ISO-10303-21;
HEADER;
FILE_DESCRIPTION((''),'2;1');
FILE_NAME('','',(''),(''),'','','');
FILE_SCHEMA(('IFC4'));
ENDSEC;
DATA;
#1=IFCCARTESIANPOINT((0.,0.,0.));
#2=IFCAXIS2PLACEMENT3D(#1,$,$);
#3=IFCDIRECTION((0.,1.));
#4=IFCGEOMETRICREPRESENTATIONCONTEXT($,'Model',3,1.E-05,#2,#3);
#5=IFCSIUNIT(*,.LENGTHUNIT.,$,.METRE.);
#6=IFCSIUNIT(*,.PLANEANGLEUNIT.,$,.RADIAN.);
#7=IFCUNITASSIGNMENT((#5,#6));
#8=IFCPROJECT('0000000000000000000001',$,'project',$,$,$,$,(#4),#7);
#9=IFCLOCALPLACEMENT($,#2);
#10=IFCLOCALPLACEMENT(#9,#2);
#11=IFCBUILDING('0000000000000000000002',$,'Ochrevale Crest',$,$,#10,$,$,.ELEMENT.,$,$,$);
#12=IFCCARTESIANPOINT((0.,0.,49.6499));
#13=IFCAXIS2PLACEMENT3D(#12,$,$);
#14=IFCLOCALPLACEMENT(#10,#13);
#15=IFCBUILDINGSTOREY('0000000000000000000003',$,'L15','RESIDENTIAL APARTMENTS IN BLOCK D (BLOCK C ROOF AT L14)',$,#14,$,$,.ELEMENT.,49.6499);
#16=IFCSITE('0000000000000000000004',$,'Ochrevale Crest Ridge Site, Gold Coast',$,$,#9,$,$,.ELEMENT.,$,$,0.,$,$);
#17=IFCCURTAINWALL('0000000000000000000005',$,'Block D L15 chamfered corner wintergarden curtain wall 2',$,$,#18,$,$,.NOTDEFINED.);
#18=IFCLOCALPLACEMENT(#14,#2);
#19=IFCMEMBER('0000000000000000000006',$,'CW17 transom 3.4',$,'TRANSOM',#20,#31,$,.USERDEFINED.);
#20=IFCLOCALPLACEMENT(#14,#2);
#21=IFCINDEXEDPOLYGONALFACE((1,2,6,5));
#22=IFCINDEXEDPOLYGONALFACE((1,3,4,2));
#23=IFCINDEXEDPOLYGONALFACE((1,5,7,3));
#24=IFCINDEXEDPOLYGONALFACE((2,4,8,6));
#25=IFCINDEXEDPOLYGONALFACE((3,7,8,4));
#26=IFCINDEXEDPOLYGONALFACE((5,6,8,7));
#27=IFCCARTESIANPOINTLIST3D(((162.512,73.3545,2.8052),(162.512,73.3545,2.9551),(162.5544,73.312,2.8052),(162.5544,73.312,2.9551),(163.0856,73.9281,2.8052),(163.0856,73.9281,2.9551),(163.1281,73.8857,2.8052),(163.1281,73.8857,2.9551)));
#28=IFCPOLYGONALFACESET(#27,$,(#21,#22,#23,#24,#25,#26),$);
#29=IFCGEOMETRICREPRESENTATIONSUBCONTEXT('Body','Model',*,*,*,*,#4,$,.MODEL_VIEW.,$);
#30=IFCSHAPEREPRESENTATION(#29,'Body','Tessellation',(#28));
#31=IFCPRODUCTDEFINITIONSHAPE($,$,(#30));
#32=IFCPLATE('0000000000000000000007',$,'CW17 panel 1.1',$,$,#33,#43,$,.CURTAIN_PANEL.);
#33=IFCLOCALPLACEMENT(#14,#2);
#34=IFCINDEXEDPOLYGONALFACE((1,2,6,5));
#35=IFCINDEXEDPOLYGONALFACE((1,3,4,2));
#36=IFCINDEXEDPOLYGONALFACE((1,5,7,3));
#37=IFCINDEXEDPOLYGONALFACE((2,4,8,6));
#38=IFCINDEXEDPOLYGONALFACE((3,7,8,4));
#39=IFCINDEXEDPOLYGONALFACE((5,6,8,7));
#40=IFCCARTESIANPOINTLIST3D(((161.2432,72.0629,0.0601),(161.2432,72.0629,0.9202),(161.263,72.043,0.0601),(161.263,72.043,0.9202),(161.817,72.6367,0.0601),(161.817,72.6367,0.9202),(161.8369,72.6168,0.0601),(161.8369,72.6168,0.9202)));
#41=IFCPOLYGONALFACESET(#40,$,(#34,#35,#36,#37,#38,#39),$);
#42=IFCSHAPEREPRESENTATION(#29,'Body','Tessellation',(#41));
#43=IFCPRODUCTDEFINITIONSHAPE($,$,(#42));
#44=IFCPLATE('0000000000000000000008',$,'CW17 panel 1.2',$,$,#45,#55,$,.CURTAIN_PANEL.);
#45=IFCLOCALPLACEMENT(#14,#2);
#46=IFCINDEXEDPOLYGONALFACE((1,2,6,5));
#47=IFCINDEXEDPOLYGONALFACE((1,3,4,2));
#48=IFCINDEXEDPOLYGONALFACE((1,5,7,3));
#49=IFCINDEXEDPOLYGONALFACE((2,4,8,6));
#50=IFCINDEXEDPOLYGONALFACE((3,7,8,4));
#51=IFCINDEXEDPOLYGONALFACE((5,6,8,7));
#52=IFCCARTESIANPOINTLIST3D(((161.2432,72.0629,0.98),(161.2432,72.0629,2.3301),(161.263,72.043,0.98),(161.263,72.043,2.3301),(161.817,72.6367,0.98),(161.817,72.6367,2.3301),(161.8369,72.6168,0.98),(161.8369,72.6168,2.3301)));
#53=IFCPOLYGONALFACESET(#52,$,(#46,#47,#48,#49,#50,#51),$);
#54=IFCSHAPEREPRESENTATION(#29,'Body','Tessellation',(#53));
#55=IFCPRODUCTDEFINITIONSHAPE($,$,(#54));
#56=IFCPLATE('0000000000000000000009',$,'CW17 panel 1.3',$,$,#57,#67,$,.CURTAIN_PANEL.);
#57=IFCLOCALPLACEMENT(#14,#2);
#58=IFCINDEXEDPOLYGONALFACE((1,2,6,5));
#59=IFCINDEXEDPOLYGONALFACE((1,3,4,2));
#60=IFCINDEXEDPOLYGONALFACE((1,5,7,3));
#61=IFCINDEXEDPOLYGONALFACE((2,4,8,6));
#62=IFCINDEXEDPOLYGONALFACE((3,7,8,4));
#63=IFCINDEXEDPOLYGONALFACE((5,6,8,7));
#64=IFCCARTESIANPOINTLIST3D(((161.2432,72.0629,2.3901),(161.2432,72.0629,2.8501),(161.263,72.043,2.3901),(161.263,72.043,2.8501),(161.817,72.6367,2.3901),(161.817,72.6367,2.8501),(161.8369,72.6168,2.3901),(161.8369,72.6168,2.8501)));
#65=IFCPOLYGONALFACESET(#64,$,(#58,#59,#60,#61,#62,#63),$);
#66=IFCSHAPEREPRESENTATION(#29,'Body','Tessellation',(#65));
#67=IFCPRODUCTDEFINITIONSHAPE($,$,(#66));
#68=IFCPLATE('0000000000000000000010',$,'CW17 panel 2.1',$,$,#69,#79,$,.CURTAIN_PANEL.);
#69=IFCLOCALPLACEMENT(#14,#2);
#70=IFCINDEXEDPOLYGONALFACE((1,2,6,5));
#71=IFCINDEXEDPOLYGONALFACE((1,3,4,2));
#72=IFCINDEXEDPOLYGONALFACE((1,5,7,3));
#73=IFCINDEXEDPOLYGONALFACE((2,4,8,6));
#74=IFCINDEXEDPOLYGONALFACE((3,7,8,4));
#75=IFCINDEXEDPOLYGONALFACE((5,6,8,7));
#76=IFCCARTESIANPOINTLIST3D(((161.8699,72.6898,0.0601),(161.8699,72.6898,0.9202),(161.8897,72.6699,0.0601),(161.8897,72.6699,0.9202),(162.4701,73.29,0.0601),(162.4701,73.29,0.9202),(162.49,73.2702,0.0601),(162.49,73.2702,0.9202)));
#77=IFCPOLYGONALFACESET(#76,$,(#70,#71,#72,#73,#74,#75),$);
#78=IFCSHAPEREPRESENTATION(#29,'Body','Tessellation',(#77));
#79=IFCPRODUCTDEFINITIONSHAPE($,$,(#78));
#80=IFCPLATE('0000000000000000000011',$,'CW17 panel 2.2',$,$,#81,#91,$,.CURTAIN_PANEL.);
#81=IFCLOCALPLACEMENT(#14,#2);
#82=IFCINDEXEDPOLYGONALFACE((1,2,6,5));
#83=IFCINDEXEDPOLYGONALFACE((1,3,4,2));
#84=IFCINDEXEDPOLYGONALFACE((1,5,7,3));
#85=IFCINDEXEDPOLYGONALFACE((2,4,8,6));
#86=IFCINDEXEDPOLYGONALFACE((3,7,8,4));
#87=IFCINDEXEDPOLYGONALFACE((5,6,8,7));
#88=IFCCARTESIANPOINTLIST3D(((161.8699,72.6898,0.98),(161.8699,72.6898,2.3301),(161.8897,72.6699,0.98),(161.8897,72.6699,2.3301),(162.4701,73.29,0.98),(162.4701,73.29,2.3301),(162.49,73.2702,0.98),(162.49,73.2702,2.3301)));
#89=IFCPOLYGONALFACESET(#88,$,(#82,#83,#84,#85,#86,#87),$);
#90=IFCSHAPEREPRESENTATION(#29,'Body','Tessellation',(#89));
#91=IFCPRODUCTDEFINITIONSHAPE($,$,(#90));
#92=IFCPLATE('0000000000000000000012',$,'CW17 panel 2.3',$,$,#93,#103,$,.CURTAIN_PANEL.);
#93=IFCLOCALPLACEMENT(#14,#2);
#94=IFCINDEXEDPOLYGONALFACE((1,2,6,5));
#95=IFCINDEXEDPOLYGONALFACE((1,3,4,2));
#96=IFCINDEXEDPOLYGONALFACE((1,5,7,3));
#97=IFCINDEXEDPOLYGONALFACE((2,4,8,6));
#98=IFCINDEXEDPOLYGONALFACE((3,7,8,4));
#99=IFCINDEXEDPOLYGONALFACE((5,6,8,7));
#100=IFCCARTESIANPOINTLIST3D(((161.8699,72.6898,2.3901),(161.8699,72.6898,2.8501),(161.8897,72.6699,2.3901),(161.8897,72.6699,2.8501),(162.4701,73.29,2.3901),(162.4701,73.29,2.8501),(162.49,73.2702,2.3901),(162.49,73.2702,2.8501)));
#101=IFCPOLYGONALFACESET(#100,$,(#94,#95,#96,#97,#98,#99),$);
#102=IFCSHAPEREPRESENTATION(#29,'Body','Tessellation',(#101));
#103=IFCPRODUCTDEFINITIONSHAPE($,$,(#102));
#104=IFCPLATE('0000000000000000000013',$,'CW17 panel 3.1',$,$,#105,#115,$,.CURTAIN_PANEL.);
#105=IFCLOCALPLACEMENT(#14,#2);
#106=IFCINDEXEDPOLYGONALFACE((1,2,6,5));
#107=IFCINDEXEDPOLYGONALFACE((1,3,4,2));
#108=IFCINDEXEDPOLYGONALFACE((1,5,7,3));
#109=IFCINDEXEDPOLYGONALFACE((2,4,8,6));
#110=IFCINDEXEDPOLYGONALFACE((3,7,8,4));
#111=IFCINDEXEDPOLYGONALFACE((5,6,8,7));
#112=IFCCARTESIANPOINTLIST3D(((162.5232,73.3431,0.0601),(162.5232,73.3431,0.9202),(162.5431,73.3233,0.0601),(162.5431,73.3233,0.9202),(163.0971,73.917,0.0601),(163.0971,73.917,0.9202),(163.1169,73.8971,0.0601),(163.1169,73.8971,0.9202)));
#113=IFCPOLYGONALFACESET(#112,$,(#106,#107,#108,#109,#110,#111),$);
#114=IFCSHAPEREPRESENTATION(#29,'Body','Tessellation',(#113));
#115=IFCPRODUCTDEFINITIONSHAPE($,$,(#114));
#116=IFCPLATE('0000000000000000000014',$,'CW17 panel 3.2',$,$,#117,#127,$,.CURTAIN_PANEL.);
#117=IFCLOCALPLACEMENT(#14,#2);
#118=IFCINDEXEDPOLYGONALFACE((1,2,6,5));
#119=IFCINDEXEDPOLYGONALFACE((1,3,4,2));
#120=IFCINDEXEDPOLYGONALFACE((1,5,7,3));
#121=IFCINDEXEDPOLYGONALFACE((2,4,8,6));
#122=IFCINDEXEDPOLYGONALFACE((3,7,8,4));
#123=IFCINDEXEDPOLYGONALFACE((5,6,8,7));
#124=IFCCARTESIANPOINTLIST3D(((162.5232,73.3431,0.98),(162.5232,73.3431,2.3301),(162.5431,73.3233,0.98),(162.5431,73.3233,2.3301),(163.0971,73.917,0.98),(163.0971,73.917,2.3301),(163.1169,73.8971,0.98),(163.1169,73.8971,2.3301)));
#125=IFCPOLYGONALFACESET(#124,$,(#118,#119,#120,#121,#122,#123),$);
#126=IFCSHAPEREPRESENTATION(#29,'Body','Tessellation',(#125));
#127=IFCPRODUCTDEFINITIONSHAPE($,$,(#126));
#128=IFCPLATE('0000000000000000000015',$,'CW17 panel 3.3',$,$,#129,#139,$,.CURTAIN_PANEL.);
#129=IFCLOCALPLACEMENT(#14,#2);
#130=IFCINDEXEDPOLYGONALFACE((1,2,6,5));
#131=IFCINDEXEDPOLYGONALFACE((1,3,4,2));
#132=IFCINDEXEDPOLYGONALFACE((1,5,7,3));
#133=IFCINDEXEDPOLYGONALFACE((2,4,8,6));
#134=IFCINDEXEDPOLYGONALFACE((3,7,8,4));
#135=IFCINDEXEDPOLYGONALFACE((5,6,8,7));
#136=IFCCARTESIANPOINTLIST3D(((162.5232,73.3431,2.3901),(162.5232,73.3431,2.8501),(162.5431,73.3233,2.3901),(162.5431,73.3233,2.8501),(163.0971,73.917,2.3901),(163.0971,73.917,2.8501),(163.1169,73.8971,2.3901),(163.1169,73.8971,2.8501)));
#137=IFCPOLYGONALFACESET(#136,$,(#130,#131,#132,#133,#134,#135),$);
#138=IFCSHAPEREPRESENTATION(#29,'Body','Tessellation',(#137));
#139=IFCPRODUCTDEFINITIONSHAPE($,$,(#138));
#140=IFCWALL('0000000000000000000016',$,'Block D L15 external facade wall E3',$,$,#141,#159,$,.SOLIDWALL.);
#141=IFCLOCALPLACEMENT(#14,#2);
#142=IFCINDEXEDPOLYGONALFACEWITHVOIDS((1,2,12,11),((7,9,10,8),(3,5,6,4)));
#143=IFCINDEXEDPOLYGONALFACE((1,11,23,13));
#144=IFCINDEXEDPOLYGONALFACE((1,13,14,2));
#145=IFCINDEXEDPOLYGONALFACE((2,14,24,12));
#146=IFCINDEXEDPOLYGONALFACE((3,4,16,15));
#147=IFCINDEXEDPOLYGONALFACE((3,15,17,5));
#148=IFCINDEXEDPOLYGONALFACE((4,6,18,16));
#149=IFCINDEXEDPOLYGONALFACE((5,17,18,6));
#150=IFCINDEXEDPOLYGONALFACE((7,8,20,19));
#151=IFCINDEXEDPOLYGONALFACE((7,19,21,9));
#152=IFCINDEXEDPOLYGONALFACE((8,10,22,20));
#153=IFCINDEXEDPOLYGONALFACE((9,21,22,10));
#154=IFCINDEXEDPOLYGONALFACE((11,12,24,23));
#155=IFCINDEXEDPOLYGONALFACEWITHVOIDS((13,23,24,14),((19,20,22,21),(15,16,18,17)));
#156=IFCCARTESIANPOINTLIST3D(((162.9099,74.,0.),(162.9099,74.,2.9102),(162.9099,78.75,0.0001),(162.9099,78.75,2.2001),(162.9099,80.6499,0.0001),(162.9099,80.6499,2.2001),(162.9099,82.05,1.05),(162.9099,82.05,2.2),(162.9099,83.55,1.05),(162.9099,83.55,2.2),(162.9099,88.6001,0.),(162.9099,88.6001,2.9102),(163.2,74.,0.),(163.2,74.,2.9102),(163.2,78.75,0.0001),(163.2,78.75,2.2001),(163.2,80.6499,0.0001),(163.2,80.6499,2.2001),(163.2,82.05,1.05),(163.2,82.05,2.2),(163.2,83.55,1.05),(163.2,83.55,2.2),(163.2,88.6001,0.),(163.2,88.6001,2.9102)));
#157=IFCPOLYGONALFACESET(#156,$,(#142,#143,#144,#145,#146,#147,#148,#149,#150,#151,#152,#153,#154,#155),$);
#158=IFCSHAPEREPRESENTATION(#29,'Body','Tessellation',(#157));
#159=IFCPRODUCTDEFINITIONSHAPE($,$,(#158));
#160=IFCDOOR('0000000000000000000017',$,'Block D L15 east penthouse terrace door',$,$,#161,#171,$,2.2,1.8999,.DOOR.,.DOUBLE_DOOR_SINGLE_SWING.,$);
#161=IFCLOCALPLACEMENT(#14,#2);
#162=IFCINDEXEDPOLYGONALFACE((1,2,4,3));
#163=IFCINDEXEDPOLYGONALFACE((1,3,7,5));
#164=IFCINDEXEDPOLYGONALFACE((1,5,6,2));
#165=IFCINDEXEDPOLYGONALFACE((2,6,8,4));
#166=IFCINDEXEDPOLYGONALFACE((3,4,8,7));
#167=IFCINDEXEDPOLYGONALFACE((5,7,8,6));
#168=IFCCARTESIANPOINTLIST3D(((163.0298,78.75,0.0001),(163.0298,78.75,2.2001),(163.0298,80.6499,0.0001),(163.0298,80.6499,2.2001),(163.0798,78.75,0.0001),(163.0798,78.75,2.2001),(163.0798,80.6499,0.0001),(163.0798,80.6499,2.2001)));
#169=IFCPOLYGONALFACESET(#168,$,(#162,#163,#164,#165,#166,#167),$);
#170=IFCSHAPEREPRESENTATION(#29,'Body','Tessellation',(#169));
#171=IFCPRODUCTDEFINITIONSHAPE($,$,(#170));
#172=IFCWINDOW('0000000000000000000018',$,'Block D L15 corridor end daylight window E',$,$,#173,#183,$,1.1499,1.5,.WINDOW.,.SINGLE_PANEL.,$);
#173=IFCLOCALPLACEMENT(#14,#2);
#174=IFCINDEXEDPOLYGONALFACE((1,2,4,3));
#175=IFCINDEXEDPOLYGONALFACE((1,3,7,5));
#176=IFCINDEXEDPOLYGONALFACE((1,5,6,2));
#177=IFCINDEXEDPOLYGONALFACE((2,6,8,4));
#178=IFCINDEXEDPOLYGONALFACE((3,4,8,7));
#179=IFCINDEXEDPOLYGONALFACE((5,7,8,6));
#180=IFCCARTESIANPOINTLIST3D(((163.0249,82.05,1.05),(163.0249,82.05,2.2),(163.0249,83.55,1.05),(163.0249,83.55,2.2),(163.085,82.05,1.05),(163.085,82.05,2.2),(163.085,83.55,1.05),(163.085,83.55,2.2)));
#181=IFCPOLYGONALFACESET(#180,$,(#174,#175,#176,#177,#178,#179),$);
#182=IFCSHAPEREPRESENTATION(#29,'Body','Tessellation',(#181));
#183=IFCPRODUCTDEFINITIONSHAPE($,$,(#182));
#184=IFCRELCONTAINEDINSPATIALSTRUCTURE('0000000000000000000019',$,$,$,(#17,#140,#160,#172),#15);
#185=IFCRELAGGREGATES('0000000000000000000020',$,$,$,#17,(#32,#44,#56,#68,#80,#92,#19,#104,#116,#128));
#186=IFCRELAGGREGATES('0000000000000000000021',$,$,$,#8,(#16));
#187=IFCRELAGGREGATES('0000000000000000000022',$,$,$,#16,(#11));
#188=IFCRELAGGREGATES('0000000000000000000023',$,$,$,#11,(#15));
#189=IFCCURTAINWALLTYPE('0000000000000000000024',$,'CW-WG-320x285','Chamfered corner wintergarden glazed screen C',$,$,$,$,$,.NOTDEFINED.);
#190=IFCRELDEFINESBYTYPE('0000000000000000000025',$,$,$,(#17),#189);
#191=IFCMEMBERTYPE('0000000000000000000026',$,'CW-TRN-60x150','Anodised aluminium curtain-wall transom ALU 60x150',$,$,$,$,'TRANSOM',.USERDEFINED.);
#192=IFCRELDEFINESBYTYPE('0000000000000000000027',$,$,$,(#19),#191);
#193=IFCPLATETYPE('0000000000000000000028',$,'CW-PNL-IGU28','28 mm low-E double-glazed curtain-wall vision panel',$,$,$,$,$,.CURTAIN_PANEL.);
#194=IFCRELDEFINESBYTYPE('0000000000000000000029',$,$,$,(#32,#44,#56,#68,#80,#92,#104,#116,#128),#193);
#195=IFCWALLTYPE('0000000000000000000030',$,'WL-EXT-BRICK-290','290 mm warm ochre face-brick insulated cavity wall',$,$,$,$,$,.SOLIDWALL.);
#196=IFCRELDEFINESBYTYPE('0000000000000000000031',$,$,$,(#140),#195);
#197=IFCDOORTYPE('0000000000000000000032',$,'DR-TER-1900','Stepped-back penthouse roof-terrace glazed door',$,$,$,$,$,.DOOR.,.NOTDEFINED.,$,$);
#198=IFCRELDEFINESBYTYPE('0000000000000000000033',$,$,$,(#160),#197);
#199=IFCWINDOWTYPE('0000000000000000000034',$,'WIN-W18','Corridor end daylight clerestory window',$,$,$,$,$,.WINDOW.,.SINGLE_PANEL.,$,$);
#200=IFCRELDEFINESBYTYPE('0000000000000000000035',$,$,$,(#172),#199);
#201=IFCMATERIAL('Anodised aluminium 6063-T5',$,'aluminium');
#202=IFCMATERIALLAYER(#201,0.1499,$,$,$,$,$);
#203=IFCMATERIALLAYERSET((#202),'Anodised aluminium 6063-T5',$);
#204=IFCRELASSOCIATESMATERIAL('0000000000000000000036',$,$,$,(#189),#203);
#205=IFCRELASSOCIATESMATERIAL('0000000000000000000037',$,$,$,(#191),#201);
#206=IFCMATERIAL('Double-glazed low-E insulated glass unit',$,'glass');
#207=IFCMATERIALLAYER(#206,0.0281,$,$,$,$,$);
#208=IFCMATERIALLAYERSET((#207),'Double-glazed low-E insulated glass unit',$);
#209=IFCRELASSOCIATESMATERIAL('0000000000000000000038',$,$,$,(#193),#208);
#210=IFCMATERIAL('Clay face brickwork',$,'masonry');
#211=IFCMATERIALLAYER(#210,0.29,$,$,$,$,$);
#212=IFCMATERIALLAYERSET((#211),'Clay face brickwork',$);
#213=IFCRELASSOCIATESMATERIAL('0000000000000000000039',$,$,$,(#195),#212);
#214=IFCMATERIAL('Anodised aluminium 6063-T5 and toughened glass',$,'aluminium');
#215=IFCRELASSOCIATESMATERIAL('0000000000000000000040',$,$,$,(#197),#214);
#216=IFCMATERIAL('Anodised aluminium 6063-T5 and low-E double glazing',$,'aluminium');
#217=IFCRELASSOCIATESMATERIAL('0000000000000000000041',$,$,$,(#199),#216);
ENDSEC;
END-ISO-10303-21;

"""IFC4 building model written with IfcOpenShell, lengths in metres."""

from ifc_helpers import new_model, si_unit, direction, frame, frame_2d, origin, origin_2d, place, context, subcontext, project, spatial, rectangle, extrude, material, layer, layer_set, material_profile, profile_set, type_object, element, fill, aggregate, save


model = new_model("IFC4")

# Units and contexts
model_context = context("Model", 3, precision=1e-05, world=origin(), true_north=direction((0.0, 1.0)))
body_context = subcontext(model_context, "Body", "Model", "MODEL_VIEW")
ifc_project = project(units=[si_unit("LENGTHUNIT", "METRE"), si_unit("PLANEANGLEUNIT", "RADIAN")], contexts=[model_context])

# Site, building, storey
site_placement = place(None, origin())
site = spatial("IfcSite", under=ifc_project, at=site_placement, Name="Ochrevale Crest Ridge Site, Gold Coast", CompositionType="ELEMENT", RefElevation=0.0)
building_placement = place(site_placement, origin())
building = spatial("IfcBuilding", under=site, at=building_placement, Name="Ochrevale Crest", CompositionType="ELEMENT")
storey_placement = place(building_placement, frame((0.0, 0.0, 49.6499)))
storey = spatial("IfcBuildingStorey", under=building, at=storey_placement, Name="L15", Description="RESIDENTIAL APARTMENTS IN BLOCK D (BLOCK C ROOF AT L14)", CompositionType="ELEMENT", Elevation=49.6499)

# Curtain wall, member, plates
ifc_material_1 = material(Name="Anodised aluminium 6063-T5", Category="aluminium")
ifc_layer_1 = layer(ifc_material_1, 0.1499)
ifc_layer_set_1 = layer_set([ifc_layer_1], Name="Anodised aluminium 6063-T5")
curtain_wall_type = type_object("IfcCurtainWallType", Name="CW-WG-320x285", Description="Chamfered corner wintergarden glazed screen C", PredefinedType="NOTDEFINED", material=ifc_layer_set_1)
curtain_wall_placement = place(storey_placement, origin())
curtain_wall = element("IfcCurtainWall", 1, at=curtain_wall_placement, inside=storey, type_object=curtain_wall_type, Name="Block D L15 chamfered corner wintergarden curtain wall 2", PredefinedType="NOTDEFINED")
ifc_material_profile_1 = material_profile(ifc_material_1, rectangle(XDim=0.0601, YDim=0.1499, at=origin_2d()), Name="ALU 60x150")
ifc_profile_set_1 = profile_set([ifc_material_profile_1], Name="Anodised aluminium 6063-T5")
member_type_1 = type_object("IfcMemberType", Name="CW-TRN-60x150", Description="Anodised aluminium curtain-wall transom ALU 60x150", ElementType="TRANSOM", PredefinedType="USERDEFINED", material=ifc_profile_set_1)
member_1_placement = place(storey_placement, frame((162.5332, 73.3333, 2.8801), z_axis=(0.707107, 0.707107, 0.0), x_axis=(-0.707107, 0.707107, 0.0)))
member_1 = element("IfcMember", 2, at=member_1_placement, type_object=member_type_1, Name="CW17 transom 3.4", ObjectType="TRANSOM", PredefinedType="USERDEFINED", context=body_context, shape_type="SweptSolid", body=[
    extrude(rectangle(XDim=0.0601, YDim=0.1499, at=origin_2d()), origin(), (0.0, 0.0, 1.0), 0.8113),
])
ifc_material_2 = material(Name="Double-glazed low-E insulated glass unit", Category="glass")
ifc_layer_2 = layer(ifc_material_2, 0.0281)
ifc_layer_set_2 = layer_set([ifc_layer_2], Name="Double-glazed low-E insulated glass unit")
plate_type = type_object("IfcPlateType", Name="CW-PNL-IGU28", Description="28 mm low-E double-glazed curtain-wall vision panel", PredefinedType="CURTAIN_PANEL", material=ifc_layer_set_2)
plate_1_placement = place(storey_placement, frame((161.54, 72.3398, 0.0601), z_axis=(0.0, 0.0, 1.0), x_axis=(0.707107, 0.707107, 0.0)))
plate_1 = element("IfcPlate", 3, at=plate_1_placement, type_object=plate_type, Name="CW17 panel 1.1", PredefinedType="CURTAIN_PANEL", context=body_context, shape_type="SweptSolid", body=[
    extrude(rectangle(XDim=0.8115, YDim=0.0281, at=origin_2d()), origin(), (0.0, 0.0, 1.0), 0.8601),
])
plate_2_placement = place(storey_placement, frame((161.54, 72.3398, 0.98), z_axis=(0.0, 0.0, 1.0), x_axis=(0.707107, 0.707107, 0.0)))
plate_2 = element("IfcPlate", 4, at=plate_2_placement, type_object=plate_type, Name="CW17 panel 1.2", PredefinedType="CURTAIN_PANEL", context=body_context, shape_type="SweptSolid", body=[
    extrude(rectangle(XDim=0.8115, YDim=0.0281, at=origin_2d()), origin(), (0.0, 0.0, 1.0), 1.3501),
])
plate_3_placement = place(storey_placement, frame((161.54, 72.3398, 2.3901), z_axis=(0.0, 0.0, 1.0), x_axis=(0.707107, 0.707107, 0.0)))
plate_3 = element("IfcPlate", 5, at=plate_3_placement, type_object=plate_type, Name="CW17 panel 1.3", PredefinedType="CURTAIN_PANEL", context=body_context, shape_type="SweptSolid", body=[
    extrude(rectangle(XDim=0.8115, YDim=0.0281, at=origin_2d()), origin(), (0.0, 0.0, 1.0), 0.46),
])
plate_4_placement = place(storey_placement, frame((162.1799, 72.98, 0.0601), z_axis=(0.0, 0.0, 1.0), x_axis=(0.707107, 0.707107, 0.0)))
plate_4 = element("IfcPlate", 6, at=plate_4_placement, type_object=plate_type, Name="CW17 panel 2.1", PredefinedType="CURTAIN_PANEL", context=body_context, shape_type="SweptSolid", body=[
    extrude(rectangle(XDim=0.8489, YDim=0.0281, at=origin_2d()), origin(), (0.0, 0.0, 1.0), 0.8601),
])
plate_5_placement = place(storey_placement, frame((162.1799, 72.98, 0.98), z_axis=(0.0, 0.0, 1.0), x_axis=(0.707107, 0.707107, 0.0)))
plate_5 = element("IfcPlate", 7, at=plate_5_placement, type_object=plate_type, Name="CW17 panel 2.2", PredefinedType="CURTAIN_PANEL", context=body_context, shape_type="SweptSolid", body=[
    extrude(rectangle(XDim=0.8489, YDim=0.0281, at=origin_2d()), origin(), (0.0, 0.0, 1.0), 1.3501),
])
plate_6_placement = place(storey_placement, frame((162.1799, 72.98, 2.3901), z_axis=(0.0, 0.0, 1.0), x_axis=(0.707107, 0.707107, 0.0)))
plate_6 = element("IfcPlate", 8, at=plate_6_placement, type_object=plate_type, Name="CW17 panel 2.3", PredefinedType="CURTAIN_PANEL", context=body_context, shape_type="SweptSolid", body=[
    extrude(rectangle(XDim=0.8489, YDim=0.0281, at=origin_2d()), origin(), (0.0, 0.0, 1.0), 0.46),
])
plate_7_placement = place(storey_placement, frame((162.8201, 73.6201, 0.0601), z_axis=(0.0, 0.0, 1.0), x_axis=(0.707107, 0.707107, 0.0)))
plate_7 = element("IfcPlate", 9, at=plate_7_placement, type_object=plate_type, Name="CW17 panel 3.1", PredefinedType="CURTAIN_PANEL", context=body_context, shape_type="SweptSolid", body=[
    extrude(rectangle(XDim=0.8115, YDim=0.0281, at=origin_2d()), origin(), (0.0, 0.0, 1.0), 0.8601),
])
plate_8_placement = place(storey_placement, frame((162.8201, 73.6201, 0.98), z_axis=(0.0, 0.0, 1.0), x_axis=(0.707107, 0.707107, 0.0)))
plate_8 = element("IfcPlate", 10, at=plate_8_placement, type_object=plate_type, Name="CW17 panel 3.2", PredefinedType="CURTAIN_PANEL", context=body_context, shape_type="SweptSolid", body=[
    extrude(rectangle(XDim=0.8115, YDim=0.0281, at=origin_2d()), origin(), (0.0, 0.0, 1.0), 1.3501),
])
plate_9_placement = place(storey_placement, frame((162.8201, 73.6201, 2.3901), z_axis=(0.0, 0.0, 1.0), x_axis=(0.707107, 0.707107, 0.0)))
plate_9 = element("IfcPlate", 11, at=plate_9_placement, type_object=plate_type, Name="CW17 panel 3.3", PredefinedType="CURTAIN_PANEL", context=body_context, shape_type="SweptSolid", body=[
    extrude(rectangle(XDim=0.8115, YDim=0.0281, at=origin_2d()), origin(), (0.0, 0.0, 1.0), 0.46),
])
aggregate(curtain_wall, [plate_1, plate_2, plate_3, plate_4, plate_5, plate_6, member_1, plate_7, plate_8, plate_9])

# Wall, openings, door, window
ifc_material_3 = material(Name="Clay face brickwork", Category="masonry")
ifc_layer_3 = layer(ifc_material_3, 0.29)
ifc_layer_set_3 = layer_set([ifc_layer_3], Name="Clay face brickwork")
wall_type = type_object("IfcWallType", Name="WL-EXT-BRICK-290", Description="290 mm warm ochre face-brick insulated cavity wall", PredefinedType="SOLIDWALL", material=ifc_layer_set_3)
wall_placement = place(storey_placement, frame((163.0549, 74.0, 0.0), z_axis=(0.0, 0.0, 1.0), x_axis=(0.0, 1.0, 0.0)))
wall = element("IfcWall", 12, at=wall_placement, inside=storey, type_object=wall_type, Name="Block D L15 external facade wall E3", PredefinedType="SOLIDWALL", context=body_context, shape_type="SweptSolid", body=[
    extrude(rectangle(XDim=14.6001, YDim=0.29, at=frame_2d((7.3, 0.0))), origin(), (0.0, 0.0, 1.0), 2.9102),
])
opening_1_placement = place(wall_placement, frame((6.6499, 0.0, 0.0), z_axis=(0.0, 0.0, 1.0), x_axis=(-1.0, 0.0, 0.0)))
opening_1 = element("IfcOpeningElement", 13, at=opening_1_placement, cuts=wall, PredefinedType="OPENING", context=body_context, shape_type="SweptSolid", body=[
    extrude(rectangle(XDim=1.8999, YDim=2.2, at=frame_2d((0.95, 1.1001))), frame((0.0, 0.155, 0.0), z_axis=(0.0, -1.0, 0.0), x_axis=(1.0, 0.0, 0.0)), (0.0, 0.0, 1.0), 0.3101),
])
opening_2_placement = place(wall_placement, frame((8.05, 0.0, 1.05)))
opening_2 = element("IfcOpeningElement", 14, at=opening_2_placement, cuts=wall, PredefinedType="OPENING", context=body_context, shape_type="SweptSolid", body=[
    extrude(rectangle(XDim=1.5, YDim=1.1499, at=frame_2d((0.75, 0.575))), frame((0.0, 0.155, 0.0), z_axis=(0.0, -1.0, 0.0), x_axis=(1.0, 0.0, 0.0)), (0.0, 0.0, 1.0), 0.3101),
])
ifc_material_4 = material(Name="Anodised aluminium 6063-T5 and toughened glass", Category="aluminium")
door_type = type_object("IfcDoorType", Name="DR-TER-1900", Description="Stepped-back penthouse roof-terrace glazed door", OperationType="NOTDEFINED", PredefinedType="DOOR", material=ifc_material_4)
door_placement = place(opening_1_placement, origin())
door = element("IfcDoor", 15, at=door_placement, inside=storey, type_object=door_type, Name="Block D L15 east penthouse terrace door", OperationType="DOUBLE_DOOR_SINGLE_SWING", OverallHeight=2.2, OverallWidth=1.8999, PredefinedType="DOOR", context=body_context, shape_type="SweptSolid", body=[
    extrude(rectangle(XDim=1.8999, YDim=2.2, at=frame_2d((0.95, 1.1001))), frame((0.0, 0.0249, 0.0), z_axis=(0.0, -1.0, 0.0), x_axis=(1.0, 0.0, 0.0)), (0.0, 0.0, 1.0), 0.05),
])
fill(opening_1, door)
ifc_material_5 = material(Name="Anodised aluminium 6063-T5 and low-E double glazing", Category="aluminium")
window_type = type_object("IfcWindowType", Name="WIN-W18", Description="Corridor end daylight clerestory window", PartitioningType="SINGLE_PANEL", PredefinedType="WINDOW", material=ifc_material_5)
window_placement = place(opening_2_placement, origin())
window = element("IfcWindow", 16, at=window_placement, inside=storey, type_object=window_type, Name="Block D L15 corridor end daylight window E", OverallHeight=1.1499, OverallWidth=1.5, PartitioningType="SINGLE_PANEL", PredefinedType="WINDOW", context=body_context, shape_type="SweptSolid", body=[
    extrude(rectangle(XDim=1.5, YDim=1.1499, at=frame_2d((0.75, 0.575))), frame((0.0, 0.03, 0.0), z_axis=(0.0, -1.0, 0.0), x_axis=(1.0, 0.0, 0.0)), (0.0, 0.0, 1.0), 0.0601),
])
fill(opening_2, window)

save(model, "model.ifc")
